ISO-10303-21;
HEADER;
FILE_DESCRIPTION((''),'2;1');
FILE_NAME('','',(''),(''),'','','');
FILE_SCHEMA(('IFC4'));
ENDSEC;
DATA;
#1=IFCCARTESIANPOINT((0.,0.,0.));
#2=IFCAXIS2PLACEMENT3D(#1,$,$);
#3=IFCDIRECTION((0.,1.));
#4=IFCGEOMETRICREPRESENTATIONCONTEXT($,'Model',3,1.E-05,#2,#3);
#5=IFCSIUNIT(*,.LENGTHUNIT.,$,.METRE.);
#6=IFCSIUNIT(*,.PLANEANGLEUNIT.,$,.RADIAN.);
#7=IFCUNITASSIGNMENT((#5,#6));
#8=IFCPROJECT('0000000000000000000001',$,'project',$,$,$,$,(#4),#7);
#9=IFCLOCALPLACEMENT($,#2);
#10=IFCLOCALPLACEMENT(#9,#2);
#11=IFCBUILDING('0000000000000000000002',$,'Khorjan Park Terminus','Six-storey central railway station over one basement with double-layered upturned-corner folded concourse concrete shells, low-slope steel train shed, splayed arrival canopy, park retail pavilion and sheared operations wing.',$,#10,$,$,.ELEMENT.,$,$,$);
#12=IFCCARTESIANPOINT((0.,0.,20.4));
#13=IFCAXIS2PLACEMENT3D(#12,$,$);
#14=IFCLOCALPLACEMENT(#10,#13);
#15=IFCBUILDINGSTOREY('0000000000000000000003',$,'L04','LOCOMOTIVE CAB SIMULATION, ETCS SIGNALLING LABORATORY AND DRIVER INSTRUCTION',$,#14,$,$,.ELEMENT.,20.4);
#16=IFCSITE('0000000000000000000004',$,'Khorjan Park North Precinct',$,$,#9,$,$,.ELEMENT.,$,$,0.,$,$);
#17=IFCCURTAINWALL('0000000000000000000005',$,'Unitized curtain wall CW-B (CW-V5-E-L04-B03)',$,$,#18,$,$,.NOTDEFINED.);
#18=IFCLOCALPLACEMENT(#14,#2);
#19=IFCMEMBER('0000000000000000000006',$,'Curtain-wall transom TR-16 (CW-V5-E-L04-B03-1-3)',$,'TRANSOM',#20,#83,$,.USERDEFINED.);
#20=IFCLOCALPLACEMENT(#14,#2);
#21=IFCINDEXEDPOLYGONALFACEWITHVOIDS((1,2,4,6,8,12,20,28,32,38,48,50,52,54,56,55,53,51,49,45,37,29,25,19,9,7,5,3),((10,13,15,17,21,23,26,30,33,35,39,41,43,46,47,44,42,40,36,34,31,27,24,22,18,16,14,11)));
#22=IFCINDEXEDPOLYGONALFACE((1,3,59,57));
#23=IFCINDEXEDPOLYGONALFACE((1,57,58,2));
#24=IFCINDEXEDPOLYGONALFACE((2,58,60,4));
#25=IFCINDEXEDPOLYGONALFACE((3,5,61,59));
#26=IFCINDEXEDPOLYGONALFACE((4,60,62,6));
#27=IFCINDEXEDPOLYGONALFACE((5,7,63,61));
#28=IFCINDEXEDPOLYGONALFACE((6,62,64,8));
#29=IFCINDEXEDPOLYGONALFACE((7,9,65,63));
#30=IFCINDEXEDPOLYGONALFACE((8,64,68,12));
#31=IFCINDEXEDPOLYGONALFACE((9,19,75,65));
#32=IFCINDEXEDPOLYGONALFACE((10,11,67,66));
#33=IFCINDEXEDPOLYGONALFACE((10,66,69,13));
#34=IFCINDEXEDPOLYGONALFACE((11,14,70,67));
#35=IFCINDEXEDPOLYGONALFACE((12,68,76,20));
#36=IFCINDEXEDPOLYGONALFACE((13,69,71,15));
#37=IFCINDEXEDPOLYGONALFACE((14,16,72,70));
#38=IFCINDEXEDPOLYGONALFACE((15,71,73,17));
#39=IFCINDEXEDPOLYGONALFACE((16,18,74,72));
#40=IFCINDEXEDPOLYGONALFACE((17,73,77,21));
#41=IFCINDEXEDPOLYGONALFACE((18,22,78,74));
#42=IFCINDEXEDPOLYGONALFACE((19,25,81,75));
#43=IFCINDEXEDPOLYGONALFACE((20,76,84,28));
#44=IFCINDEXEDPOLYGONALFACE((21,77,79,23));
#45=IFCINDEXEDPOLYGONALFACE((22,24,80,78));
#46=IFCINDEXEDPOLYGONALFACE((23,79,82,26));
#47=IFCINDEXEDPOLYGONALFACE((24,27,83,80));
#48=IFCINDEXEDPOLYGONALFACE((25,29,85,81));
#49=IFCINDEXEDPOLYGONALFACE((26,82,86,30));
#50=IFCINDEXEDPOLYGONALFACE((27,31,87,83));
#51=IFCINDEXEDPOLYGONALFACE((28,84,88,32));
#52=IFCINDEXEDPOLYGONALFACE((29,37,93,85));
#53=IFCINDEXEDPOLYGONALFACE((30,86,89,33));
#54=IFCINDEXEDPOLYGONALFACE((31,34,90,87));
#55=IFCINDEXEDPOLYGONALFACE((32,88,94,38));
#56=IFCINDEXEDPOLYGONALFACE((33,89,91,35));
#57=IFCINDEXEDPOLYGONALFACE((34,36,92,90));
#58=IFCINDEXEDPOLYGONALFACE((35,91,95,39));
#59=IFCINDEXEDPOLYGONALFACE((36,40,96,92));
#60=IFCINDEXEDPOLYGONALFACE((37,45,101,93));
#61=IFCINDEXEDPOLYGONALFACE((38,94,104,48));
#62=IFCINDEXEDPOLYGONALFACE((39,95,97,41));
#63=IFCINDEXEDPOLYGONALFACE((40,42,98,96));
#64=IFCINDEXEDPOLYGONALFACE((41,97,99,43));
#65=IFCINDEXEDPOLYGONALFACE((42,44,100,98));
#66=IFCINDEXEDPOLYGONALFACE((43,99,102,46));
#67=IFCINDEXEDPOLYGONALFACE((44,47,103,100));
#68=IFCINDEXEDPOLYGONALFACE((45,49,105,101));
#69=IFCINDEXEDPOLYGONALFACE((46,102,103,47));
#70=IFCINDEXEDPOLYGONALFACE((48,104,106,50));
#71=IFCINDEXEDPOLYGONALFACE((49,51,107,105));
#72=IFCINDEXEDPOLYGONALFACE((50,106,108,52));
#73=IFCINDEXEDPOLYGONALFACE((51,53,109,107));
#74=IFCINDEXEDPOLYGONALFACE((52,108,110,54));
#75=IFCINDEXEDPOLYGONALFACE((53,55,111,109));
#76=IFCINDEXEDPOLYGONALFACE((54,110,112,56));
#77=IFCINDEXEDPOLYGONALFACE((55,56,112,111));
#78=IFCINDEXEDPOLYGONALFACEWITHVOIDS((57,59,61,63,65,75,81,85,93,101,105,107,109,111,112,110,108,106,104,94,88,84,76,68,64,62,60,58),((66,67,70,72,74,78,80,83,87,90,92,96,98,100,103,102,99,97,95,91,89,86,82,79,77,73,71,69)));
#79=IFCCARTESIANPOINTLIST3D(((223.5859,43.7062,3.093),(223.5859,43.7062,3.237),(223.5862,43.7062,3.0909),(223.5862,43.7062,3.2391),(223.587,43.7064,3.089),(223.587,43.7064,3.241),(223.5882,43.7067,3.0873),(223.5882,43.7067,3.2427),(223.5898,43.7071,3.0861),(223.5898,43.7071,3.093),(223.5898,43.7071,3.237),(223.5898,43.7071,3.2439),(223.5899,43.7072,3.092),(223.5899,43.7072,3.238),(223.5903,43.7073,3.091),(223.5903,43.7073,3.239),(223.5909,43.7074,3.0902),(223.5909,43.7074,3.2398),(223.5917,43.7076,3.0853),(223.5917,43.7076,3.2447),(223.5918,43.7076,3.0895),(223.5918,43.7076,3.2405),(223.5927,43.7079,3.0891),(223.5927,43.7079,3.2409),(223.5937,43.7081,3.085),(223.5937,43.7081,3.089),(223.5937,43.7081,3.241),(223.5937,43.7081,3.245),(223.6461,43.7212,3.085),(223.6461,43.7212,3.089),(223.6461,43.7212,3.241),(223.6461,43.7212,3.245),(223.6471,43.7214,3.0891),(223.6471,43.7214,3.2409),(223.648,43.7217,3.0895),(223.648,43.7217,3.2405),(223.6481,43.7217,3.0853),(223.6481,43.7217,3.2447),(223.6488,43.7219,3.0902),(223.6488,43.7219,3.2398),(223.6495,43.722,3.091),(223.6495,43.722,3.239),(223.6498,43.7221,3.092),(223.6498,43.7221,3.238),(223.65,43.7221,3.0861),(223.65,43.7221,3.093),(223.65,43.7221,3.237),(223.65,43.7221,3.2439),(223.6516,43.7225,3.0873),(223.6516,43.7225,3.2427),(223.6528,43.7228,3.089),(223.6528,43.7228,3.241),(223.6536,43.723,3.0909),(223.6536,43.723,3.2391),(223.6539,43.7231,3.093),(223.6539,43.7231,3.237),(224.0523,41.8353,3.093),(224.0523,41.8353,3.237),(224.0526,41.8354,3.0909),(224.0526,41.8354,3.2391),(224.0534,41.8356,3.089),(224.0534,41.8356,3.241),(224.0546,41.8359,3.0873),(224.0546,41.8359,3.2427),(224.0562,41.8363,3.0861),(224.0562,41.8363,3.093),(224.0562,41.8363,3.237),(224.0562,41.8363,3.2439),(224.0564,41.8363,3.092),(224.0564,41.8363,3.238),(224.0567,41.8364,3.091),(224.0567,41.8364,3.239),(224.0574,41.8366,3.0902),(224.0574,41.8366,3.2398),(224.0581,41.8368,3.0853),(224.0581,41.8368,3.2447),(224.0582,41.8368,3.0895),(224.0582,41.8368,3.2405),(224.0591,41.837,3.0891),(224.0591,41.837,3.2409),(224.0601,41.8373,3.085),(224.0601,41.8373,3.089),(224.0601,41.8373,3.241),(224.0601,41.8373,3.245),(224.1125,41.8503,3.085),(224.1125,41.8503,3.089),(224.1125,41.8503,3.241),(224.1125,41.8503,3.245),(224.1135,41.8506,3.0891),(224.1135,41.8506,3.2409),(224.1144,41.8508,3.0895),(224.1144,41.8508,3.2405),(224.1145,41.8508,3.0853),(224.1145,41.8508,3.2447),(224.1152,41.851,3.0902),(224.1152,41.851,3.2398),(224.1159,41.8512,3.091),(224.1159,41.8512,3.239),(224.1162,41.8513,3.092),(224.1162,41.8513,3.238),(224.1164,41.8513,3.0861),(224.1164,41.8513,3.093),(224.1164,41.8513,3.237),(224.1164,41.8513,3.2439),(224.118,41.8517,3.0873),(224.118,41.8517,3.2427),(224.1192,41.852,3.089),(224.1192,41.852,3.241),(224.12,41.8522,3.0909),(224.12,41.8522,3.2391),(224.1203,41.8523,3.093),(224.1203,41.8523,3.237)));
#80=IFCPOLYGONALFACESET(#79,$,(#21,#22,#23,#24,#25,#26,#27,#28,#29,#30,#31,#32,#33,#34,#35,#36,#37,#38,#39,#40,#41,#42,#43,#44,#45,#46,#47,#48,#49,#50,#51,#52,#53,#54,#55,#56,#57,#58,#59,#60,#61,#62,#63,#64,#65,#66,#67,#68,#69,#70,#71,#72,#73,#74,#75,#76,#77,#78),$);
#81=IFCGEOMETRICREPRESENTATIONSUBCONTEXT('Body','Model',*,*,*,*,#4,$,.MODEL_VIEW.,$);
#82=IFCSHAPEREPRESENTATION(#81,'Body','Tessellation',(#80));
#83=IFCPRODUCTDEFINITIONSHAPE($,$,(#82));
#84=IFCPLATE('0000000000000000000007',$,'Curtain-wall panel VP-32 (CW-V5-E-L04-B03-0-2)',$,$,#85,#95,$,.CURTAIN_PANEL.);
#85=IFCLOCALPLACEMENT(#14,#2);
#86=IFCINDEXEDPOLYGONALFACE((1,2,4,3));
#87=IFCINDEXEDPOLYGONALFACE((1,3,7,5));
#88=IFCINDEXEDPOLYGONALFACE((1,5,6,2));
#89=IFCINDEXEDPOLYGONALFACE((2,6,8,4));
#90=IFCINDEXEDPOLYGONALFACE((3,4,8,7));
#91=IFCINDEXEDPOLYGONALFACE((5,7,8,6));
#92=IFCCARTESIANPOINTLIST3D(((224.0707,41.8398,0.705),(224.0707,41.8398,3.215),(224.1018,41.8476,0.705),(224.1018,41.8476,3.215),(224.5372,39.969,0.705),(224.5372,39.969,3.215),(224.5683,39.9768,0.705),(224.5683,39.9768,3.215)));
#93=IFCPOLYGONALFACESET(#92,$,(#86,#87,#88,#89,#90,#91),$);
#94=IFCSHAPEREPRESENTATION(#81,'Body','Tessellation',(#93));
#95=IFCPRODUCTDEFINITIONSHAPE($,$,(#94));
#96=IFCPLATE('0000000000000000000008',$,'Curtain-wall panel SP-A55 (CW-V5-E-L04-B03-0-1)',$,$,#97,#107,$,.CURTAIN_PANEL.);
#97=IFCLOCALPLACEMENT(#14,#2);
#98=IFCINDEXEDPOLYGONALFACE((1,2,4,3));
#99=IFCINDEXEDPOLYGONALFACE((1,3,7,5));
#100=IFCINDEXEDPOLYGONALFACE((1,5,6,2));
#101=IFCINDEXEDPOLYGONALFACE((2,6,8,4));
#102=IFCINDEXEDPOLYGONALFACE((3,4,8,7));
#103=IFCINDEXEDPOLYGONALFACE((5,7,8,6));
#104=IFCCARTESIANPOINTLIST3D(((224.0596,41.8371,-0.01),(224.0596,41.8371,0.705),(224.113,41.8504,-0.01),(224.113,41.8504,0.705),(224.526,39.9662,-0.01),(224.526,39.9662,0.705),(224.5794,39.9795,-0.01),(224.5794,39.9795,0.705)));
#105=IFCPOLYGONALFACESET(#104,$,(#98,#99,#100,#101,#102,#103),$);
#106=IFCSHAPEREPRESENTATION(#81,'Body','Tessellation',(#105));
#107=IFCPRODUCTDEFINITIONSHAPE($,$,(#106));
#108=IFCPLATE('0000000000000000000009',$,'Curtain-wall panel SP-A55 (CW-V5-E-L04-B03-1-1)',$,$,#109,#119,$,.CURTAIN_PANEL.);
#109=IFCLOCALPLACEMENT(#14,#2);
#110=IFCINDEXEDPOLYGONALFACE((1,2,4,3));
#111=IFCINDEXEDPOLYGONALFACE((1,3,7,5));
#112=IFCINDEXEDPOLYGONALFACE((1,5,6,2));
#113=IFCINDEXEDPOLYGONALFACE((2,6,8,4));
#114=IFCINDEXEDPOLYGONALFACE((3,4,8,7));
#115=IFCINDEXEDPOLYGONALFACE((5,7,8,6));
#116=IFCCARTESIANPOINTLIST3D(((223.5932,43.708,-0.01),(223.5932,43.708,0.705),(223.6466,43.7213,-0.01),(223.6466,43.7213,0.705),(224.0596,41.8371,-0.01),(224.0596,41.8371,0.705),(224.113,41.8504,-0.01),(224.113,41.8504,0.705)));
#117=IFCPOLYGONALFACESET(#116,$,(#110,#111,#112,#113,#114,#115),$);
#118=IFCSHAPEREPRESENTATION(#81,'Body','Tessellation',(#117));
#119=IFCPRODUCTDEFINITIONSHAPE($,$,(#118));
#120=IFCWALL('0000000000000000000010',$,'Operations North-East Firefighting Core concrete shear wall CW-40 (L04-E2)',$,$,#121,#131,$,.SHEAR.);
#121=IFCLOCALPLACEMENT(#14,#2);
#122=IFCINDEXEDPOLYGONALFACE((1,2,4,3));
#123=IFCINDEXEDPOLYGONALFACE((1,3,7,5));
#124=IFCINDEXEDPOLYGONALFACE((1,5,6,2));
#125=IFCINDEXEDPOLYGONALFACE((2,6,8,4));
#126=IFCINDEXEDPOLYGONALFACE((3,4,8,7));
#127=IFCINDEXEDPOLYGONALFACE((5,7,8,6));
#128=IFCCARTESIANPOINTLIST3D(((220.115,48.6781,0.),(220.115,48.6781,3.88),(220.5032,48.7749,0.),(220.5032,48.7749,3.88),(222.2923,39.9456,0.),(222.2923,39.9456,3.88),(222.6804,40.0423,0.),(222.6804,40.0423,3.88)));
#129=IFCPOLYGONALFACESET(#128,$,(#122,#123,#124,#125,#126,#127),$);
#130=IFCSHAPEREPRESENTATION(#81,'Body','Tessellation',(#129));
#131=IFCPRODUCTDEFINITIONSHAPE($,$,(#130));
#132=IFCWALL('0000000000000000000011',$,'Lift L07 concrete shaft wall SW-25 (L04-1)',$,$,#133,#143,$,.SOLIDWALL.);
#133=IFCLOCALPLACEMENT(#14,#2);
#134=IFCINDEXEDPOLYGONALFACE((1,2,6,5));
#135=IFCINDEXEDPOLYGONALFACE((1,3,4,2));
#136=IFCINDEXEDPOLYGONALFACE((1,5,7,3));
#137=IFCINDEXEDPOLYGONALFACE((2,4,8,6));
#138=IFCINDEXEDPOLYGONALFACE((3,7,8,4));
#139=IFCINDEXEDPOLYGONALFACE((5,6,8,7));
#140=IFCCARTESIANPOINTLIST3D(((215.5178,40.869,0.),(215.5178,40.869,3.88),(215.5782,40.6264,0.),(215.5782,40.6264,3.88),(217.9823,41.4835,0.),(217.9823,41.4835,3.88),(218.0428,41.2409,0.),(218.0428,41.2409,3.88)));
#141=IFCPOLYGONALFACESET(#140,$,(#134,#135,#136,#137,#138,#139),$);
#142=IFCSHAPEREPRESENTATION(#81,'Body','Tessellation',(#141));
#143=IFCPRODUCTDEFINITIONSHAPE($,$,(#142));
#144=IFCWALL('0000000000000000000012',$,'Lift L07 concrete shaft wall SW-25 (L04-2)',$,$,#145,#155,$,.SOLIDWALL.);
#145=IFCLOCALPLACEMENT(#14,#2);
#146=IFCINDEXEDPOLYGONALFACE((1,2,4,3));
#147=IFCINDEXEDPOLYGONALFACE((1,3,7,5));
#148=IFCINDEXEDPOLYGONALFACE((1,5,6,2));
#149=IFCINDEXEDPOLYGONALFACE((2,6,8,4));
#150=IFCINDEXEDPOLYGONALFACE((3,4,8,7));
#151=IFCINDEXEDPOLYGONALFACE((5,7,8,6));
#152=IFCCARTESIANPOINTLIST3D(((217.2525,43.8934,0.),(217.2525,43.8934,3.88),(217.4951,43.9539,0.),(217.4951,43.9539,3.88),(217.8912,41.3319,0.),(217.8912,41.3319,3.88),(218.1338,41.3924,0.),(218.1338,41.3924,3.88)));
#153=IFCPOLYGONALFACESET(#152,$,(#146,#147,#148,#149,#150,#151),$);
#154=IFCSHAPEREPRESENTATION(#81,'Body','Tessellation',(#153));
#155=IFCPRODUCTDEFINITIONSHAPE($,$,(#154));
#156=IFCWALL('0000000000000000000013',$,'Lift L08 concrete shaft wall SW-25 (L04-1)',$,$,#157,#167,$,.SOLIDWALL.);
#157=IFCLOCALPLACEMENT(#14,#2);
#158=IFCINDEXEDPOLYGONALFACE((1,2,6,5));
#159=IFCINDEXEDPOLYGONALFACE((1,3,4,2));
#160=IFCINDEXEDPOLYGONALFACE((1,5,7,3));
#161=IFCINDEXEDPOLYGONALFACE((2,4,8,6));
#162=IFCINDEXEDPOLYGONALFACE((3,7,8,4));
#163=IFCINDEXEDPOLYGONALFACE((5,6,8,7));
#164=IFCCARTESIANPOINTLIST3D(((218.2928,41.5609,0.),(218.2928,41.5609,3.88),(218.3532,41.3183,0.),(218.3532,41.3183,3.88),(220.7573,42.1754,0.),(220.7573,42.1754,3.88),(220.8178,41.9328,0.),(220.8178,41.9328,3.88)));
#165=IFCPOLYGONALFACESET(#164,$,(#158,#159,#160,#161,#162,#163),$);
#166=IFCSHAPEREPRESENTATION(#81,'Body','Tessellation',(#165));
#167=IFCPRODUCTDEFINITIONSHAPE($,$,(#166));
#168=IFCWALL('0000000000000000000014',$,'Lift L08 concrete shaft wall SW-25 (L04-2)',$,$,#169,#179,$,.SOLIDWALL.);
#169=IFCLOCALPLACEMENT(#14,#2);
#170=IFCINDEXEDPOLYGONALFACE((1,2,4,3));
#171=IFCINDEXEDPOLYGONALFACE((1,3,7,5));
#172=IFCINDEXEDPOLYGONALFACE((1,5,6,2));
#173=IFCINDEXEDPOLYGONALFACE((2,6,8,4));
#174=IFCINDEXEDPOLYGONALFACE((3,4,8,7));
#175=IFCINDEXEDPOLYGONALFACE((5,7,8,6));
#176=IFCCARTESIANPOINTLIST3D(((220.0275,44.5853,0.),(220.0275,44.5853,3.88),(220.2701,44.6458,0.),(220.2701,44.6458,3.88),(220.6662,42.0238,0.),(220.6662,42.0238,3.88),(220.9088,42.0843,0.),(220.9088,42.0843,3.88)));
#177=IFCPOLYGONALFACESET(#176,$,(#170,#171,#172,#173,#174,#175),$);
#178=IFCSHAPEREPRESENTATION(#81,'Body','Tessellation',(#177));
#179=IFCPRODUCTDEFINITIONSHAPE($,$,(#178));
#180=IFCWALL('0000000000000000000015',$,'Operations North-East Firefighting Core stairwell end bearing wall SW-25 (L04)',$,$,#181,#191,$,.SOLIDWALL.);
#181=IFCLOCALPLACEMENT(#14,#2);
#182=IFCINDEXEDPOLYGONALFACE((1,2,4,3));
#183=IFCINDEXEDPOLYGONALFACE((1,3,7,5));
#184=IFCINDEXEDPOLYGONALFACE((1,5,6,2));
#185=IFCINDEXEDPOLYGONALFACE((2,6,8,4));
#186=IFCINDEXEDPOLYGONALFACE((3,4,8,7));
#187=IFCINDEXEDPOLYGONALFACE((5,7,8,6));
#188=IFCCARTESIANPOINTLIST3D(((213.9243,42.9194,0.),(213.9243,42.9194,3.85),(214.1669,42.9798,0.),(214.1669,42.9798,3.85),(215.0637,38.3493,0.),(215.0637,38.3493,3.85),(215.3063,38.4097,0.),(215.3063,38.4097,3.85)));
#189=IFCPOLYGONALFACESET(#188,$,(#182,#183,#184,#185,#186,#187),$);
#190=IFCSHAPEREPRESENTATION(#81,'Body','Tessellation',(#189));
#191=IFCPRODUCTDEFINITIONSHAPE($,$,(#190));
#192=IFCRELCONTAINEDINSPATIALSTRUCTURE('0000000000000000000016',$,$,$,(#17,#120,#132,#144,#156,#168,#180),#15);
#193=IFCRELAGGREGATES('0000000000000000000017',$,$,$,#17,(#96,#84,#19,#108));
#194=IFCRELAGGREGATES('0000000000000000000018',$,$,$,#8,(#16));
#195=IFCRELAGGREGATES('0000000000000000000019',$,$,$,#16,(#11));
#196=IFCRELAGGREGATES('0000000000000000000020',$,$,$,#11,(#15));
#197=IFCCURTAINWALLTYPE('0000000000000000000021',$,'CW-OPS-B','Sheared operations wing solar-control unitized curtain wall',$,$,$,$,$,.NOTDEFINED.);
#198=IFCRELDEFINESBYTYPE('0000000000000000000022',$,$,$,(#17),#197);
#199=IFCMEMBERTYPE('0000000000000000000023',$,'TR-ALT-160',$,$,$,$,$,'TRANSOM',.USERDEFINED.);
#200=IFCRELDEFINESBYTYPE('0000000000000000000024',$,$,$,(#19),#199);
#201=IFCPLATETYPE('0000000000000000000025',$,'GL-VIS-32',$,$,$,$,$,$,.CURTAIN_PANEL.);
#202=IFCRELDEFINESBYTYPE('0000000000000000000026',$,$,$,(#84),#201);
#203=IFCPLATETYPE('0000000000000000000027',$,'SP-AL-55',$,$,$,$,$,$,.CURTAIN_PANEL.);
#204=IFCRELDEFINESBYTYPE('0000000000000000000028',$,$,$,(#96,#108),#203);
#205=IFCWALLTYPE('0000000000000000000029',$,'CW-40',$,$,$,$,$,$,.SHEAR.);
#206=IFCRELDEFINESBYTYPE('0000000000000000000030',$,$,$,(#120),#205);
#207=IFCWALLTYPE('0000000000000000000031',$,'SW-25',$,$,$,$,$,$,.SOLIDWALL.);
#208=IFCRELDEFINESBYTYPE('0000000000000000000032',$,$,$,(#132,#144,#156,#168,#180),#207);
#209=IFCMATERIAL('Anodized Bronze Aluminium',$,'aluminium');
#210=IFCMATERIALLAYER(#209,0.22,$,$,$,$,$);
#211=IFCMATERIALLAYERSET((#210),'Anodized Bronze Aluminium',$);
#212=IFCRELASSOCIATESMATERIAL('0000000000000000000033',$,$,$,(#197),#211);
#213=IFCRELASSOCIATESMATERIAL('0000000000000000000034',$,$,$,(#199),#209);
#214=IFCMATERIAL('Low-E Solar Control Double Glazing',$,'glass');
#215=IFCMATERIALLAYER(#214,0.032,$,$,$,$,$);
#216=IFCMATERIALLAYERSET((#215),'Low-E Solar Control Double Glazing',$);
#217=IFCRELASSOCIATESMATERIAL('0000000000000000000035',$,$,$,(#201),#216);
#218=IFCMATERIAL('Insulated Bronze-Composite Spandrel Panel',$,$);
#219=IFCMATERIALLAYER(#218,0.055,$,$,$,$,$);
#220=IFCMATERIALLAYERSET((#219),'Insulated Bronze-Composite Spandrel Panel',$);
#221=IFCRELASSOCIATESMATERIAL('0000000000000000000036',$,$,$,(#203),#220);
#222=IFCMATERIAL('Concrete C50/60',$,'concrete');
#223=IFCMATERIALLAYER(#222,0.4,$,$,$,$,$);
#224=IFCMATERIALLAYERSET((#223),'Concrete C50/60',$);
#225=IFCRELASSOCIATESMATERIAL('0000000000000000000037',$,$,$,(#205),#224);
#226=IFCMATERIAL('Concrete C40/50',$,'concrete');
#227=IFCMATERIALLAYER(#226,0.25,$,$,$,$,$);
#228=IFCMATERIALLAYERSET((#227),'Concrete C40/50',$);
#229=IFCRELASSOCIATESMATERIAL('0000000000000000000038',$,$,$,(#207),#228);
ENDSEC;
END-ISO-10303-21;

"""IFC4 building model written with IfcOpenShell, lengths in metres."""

from ifc_helpers import new_model, si_unit, direction, frame, frame_2d, origin, origin_2d, place, context, subcontext, project, spatial, rectangle, hollow_rectangle, extrude, material, layer, layer_set, material_profile, profile_set, type_object, element, aggregate, save


model = new_model("IFC4")

# Units and contexts
model_context = context("Model", 3, precision=1e-05, world=origin(), true_north=direction((0.0, 1.0)))
body_context = subcontext(model_context, "Body", "Model", "MODEL_VIEW")
ifc_project = project(units=[si_unit("LENGTHUNIT", "METRE"), si_unit("PLANEANGLEUNIT", "RADIAN")], contexts=[model_context])

# Site, building, storey
site_placement = place(None, origin())
site = spatial("IfcSite", under=ifc_project, at=site_placement, Name="Khorjan Park North Precinct", CompositionType="ELEMENT", RefElevation=0.0)
building_placement = place(site_placement, origin())
building = spatial("IfcBuilding", under=site, at=building_placement, Name="Khorjan Park Terminus", Description="Six-storey central railway station over one basement with double-layered upturned-corner folded concourse concrete shells, low-slope steel train shed, splayed arrival canopy, park retail pavilion and sheared operations wing.", CompositionType="ELEMENT")
storey_placement = place(building_placement, frame((0.0, 0.0, 20.4)))
storey = spatial("IfcBuildingStorey", under=building, at=storey_placement, Name="L04", Description="LOCOMOTIVE CAB SIMULATION, ETCS SIGNALLING LABORATORY AND DRIVER INSTRUCTION", CompositionType="ELEMENT", Elevation=20.4)

# Shared definitions
ifc_material_1 = material(Name="Concrete C50/60", Category="concrete")

# Shared definitions
ifc_material_2 = material(Name="Concrete C40/50", Category="concrete")

# Curtain wall, member, plates
ifc_material_3 = material(Name="Anodized Bronze Aluminium", Category="aluminium")
ifc_layer_1 = layer(ifc_material_3, 0.22)
ifc_layer_set_1 = layer_set([ifc_layer_1], Name="Anodized Bronze Aluminium")
curtain_wall_type = type_object("IfcCurtainWallType", Name="CW-OPS-B", Description="Sheared operations wing solar-control unitized curtain wall", PredefinedType="NOTDEFINED", material=ifc_layer_set_1)
curtain_wall_placement = place(storey_placement, origin())
curtain_wall = element("IfcCurtainWall", 1, at=curtain_wall_placement, inside=storey, type_object=curtain_wall_type, Name="Unitized curtain wall CW-B (CW-V5-E-L04-B03)", PredefinedType="NOTDEFINED")
ifc_material_profile_1 = material_profile(ifc_material_3, hollow_rectangle(XDim=0.07, YDim=0.16, WallThickness=0.004, InnerFilletRadius=0.004, OuterFilletRadius=0.008, at=origin_2d()), Name="ALT 70x160x4")
ifc_profile_set_1 = profile_set([ifc_material_profile_1], Name="Anodized Bronze Aluminium")
member_type_1 = type_object("IfcMemberType", Name="TR-ALT-160", ElementType="TRANSOM", PredefinedType="USERDEFINED", material=ifc_profile_set_1)
member_1_placement = place(storey_placement, frame((224.0863, 41.8438, 3.165), z_axis=(-0.241901, 0.970301, 0.0), x_axis=(-0.970301, -0.241901, 0.0)))
member_1 = element("IfcMember", 2, at=member_1_placement, type_object=member_type_1, Name="Curtain-wall transom TR-16 (CW-V5-E-L04-B03-1-3)", ObjectType="TRANSOM", PredefinedType="USERDEFINED", context=body_context, shape_type="SweptSolid", body=[
    extrude(hollow_rectangle(XDim=0.07, YDim=0.16, WallThickness=0.004, InnerFilletRadius=0.004, OuterFilletRadius=0.008, at=origin_2d()), origin(), (0.0, 0.0, 1.0), 1.9281),
])
ifc_material_4 = material(Name="Low-E Solar Control Double Glazing", Category="glass")
ifc_layer_2 = layer(ifc_material_4, 0.032)
ifc_layer_set_2 = layer_set([ifc_layer_2], Name="Low-E Solar Control Double Glazing")
plate_type_1 = type_object("IfcPlateType", Name="GL-VIS-32", PredefinedType="CURTAIN_PANEL", material=ifc_layer_set_2)
plate_1_placement = place(storey_placement, frame((224.3195, 40.9083, 0.705), z_axis=(0.0, 0.0, 1.0), x_axis=(-0.241923, 0.970295, 0.0)))
plate_1 = element("IfcPlate", 3, at=plate_1_placement, type_object=plate_type_1, Name="Curtain-wall panel VP-32 (CW-V5-E-L04-B03-0-2)", PredefinedType="CURTAIN_PANEL", context=body_context, shape_type="SweptSolid", body=[
    extrude(rectangle(XDim=1.9281, YDim=0.032, at=origin_2d()), origin(), (0.0, 0.0, 1.0), 2.51),
])
ifc_material_5 = material(Name="Insulated Bronze-Composite Spandrel Panel")
ifc_layer_3 = layer(ifc_material_5, 0.055)
ifc_layer_set_3 = layer_set([ifc_layer_3], Name="Insulated Bronze-Composite Spandrel Panel")
plate_type_2 = type_object("IfcPlateType", Name="SP-AL-55", PredefinedType="CURTAIN_PANEL", material=ifc_layer_set_3)
plate_2_placement = place(storey_placement, frame((224.3195, 40.9083, -0.01), z_axis=(0.0, 0.0, 1.0), x_axis=(-0.241923, 0.970295, 0.0)))
plate_2 = element("IfcPlate", 4, at=plate_2_placement, type_object=plate_type_2, Name="Curtain-wall panel SP-A55 (CW-V5-E-L04-B03-0-1)", PredefinedType="CURTAIN_PANEL", context=body_context, shape_type="SweptSolid", body=[
    extrude(rectangle(XDim=1.9281, YDim=0.055, at=origin_2d()), origin(), (0.0, 0.0, 1.0), 0.715),
])
plate_3_placement = place(storey_placement, frame((223.8531, 42.7792, -0.01), z_axis=(0.0, 0.0, 1.0), x_axis=(-0.241923, 0.970295, 0.0)))
plate_3 = element("IfcPlate", 5, at=plate_3_placement, type_object=plate_type_2, Name="Curtain-wall panel SP-A55 (CW-V5-E-L04-B03-1-1)", PredefinedType="CURTAIN_PANEL", context=body_context, shape_type="SweptSolid", body=[
    extrude(rectangle(XDim=1.9281, YDim=0.055, at=origin_2d()), origin(), (0.0, 0.0, 1.0), 0.715),
])
aggregate(curtain_wall, [plate_2, plate_1, member_1, plate_3])

# Walls
ifc_layer_4 = layer(ifc_material_1, 0.4)
ifc_layer_set_4 = layer_set([ifc_layer_4], Name="Concrete C50/60")
wall_type_1 = type_object("IfcWallType", Name="CW-40", PredefinedType="SHEAR", material=ifc_layer_set_4)
wall_1_placement = place(storey_placement, frame((222.4864, 39.9939, 0.0), z_axis=(0.0, 0.0, 1.0), x_axis=(-0.241924, 0.970295, 0.0)))
element("IfcWall", 6, at=wall_1_placement, inside=storey, type_object=wall_type_1, Name="Operations North-East Firefighting Core concrete shear wall CW-40 (L04-E2)", PredefinedType="SHEAR", context=body_context, shape_type="SweptSolid", body=[
    extrude(rectangle(XDim=8.9999, YDim=0.4, at=frame_2d((4.5, 0.0))), origin(), (0.0, 0.0, 1.0), 3.88),
])
ifc_layer_5 = layer(ifc_material_2, 0.25)
ifc_layer_set_5 = layer_set([ifc_layer_5], Name="Concrete C40/50")
wall_type_2 = type_object("IfcWallType", Name="SW-25", PredefinedType="SOLIDWALL", material=ifc_layer_set_5)
wall_2_placement = place(storey_placement, frame((215.548, 40.7477, 0.0), z_axis=(0.0, 0.0, 1.0), x_axis=(0.970293, 0.241933, 0.0)))
element("IfcWall", 7, at=wall_2_placement, inside=storey, type_object=wall_type_2, Name="Lift L07 concrete shaft wall SW-25 (L04-1)", PredefinedType="SOLIDWALL", context=body_context, shape_type="SweptSolid", body=[
    extrude(rectangle(XDim=2.54, YDim=0.25, at=frame_2d((1.27, 0.0))), origin(), (0.0, 0.0, 1.0), 3.88),
])
wall_3_placement = place(storey_placement, frame((218.0125, 41.3622, 0.0), z_axis=(0.0, 0.0, 1.0), x_axis=(-0.241938, 0.970292, 0.0)))
element("IfcWall", 8, at=wall_3_placement, inside=storey, type_object=wall_type_2, Name="Lift L07 concrete shaft wall SW-25 (L04-2)", PredefinedType="SOLIDWALL", context=body_context, shape_type="SweptSolid", body=[
    extrude(rectangle(XDim=2.6399, YDim=0.25, at=frame_2d((1.3199, 0.0))), origin(), (0.0, 0.0, 1.0), 3.88),
])
wall_4_placement = place(storey_placement, frame((218.323, 41.4396, 0.0), z_axis=(0.0, 0.0, 1.0), x_axis=(0.970293, 0.241933, 0.0)))
element("IfcWall", 9, at=wall_4_placement, inside=storey, type_object=wall_type_2, Name="Lift L08 concrete shaft wall SW-25 (L04-1)", PredefinedType="SOLIDWALL", context=body_context, shape_type="SweptSolid", body=[
    extrude(rectangle(XDim=2.54, YDim=0.25, at=frame_2d((1.27, 0.0))), origin(), (0.0, 0.0, 1.0), 3.88),
])
wall_5_placement = place(storey_placement, frame((220.7875, 42.0541, 0.0), z_axis=(0.0, 0.0, 1.0), x_axis=(-0.241938, 0.970292, 0.0)))
element("IfcWall", 10, at=wall_5_placement, inside=storey, type_object=wall_type_2, Name="Lift L08 concrete shaft wall SW-25 (L04-2)", PredefinedType="SOLIDWALL", context=body_context, shape_type="SweptSolid", body=[
    extrude(rectangle(XDim=2.6399, YDim=0.25, at=frame_2d((1.3199, 0.0))), origin(), (0.0, 0.0, 1.0), 3.88),
])
wall_6_placement = place(storey_placement, frame((215.185, 38.3795, 0.0), z_axis=(0.0, 0.0, 1.0), x_axis=(-0.241911, 0.970298, 0.0)))
element("IfcWall", 11, at=wall_6_placement, inside=storey, type_object=wall_type_2, Name="Operations North-East Firefighting Core stairwell end bearing wall SW-25 (L04)", PredefinedType="SOLIDWALL", context=body_context, shape_type="SweptSolid", body=[
    extrude(rectangle(XDim=4.71, YDim=0.25, at=frame_2d((2.355, 0.0))), origin(), (0.0, 0.0, 1.0), 3.85),
])

save(model, "model.ifc")
